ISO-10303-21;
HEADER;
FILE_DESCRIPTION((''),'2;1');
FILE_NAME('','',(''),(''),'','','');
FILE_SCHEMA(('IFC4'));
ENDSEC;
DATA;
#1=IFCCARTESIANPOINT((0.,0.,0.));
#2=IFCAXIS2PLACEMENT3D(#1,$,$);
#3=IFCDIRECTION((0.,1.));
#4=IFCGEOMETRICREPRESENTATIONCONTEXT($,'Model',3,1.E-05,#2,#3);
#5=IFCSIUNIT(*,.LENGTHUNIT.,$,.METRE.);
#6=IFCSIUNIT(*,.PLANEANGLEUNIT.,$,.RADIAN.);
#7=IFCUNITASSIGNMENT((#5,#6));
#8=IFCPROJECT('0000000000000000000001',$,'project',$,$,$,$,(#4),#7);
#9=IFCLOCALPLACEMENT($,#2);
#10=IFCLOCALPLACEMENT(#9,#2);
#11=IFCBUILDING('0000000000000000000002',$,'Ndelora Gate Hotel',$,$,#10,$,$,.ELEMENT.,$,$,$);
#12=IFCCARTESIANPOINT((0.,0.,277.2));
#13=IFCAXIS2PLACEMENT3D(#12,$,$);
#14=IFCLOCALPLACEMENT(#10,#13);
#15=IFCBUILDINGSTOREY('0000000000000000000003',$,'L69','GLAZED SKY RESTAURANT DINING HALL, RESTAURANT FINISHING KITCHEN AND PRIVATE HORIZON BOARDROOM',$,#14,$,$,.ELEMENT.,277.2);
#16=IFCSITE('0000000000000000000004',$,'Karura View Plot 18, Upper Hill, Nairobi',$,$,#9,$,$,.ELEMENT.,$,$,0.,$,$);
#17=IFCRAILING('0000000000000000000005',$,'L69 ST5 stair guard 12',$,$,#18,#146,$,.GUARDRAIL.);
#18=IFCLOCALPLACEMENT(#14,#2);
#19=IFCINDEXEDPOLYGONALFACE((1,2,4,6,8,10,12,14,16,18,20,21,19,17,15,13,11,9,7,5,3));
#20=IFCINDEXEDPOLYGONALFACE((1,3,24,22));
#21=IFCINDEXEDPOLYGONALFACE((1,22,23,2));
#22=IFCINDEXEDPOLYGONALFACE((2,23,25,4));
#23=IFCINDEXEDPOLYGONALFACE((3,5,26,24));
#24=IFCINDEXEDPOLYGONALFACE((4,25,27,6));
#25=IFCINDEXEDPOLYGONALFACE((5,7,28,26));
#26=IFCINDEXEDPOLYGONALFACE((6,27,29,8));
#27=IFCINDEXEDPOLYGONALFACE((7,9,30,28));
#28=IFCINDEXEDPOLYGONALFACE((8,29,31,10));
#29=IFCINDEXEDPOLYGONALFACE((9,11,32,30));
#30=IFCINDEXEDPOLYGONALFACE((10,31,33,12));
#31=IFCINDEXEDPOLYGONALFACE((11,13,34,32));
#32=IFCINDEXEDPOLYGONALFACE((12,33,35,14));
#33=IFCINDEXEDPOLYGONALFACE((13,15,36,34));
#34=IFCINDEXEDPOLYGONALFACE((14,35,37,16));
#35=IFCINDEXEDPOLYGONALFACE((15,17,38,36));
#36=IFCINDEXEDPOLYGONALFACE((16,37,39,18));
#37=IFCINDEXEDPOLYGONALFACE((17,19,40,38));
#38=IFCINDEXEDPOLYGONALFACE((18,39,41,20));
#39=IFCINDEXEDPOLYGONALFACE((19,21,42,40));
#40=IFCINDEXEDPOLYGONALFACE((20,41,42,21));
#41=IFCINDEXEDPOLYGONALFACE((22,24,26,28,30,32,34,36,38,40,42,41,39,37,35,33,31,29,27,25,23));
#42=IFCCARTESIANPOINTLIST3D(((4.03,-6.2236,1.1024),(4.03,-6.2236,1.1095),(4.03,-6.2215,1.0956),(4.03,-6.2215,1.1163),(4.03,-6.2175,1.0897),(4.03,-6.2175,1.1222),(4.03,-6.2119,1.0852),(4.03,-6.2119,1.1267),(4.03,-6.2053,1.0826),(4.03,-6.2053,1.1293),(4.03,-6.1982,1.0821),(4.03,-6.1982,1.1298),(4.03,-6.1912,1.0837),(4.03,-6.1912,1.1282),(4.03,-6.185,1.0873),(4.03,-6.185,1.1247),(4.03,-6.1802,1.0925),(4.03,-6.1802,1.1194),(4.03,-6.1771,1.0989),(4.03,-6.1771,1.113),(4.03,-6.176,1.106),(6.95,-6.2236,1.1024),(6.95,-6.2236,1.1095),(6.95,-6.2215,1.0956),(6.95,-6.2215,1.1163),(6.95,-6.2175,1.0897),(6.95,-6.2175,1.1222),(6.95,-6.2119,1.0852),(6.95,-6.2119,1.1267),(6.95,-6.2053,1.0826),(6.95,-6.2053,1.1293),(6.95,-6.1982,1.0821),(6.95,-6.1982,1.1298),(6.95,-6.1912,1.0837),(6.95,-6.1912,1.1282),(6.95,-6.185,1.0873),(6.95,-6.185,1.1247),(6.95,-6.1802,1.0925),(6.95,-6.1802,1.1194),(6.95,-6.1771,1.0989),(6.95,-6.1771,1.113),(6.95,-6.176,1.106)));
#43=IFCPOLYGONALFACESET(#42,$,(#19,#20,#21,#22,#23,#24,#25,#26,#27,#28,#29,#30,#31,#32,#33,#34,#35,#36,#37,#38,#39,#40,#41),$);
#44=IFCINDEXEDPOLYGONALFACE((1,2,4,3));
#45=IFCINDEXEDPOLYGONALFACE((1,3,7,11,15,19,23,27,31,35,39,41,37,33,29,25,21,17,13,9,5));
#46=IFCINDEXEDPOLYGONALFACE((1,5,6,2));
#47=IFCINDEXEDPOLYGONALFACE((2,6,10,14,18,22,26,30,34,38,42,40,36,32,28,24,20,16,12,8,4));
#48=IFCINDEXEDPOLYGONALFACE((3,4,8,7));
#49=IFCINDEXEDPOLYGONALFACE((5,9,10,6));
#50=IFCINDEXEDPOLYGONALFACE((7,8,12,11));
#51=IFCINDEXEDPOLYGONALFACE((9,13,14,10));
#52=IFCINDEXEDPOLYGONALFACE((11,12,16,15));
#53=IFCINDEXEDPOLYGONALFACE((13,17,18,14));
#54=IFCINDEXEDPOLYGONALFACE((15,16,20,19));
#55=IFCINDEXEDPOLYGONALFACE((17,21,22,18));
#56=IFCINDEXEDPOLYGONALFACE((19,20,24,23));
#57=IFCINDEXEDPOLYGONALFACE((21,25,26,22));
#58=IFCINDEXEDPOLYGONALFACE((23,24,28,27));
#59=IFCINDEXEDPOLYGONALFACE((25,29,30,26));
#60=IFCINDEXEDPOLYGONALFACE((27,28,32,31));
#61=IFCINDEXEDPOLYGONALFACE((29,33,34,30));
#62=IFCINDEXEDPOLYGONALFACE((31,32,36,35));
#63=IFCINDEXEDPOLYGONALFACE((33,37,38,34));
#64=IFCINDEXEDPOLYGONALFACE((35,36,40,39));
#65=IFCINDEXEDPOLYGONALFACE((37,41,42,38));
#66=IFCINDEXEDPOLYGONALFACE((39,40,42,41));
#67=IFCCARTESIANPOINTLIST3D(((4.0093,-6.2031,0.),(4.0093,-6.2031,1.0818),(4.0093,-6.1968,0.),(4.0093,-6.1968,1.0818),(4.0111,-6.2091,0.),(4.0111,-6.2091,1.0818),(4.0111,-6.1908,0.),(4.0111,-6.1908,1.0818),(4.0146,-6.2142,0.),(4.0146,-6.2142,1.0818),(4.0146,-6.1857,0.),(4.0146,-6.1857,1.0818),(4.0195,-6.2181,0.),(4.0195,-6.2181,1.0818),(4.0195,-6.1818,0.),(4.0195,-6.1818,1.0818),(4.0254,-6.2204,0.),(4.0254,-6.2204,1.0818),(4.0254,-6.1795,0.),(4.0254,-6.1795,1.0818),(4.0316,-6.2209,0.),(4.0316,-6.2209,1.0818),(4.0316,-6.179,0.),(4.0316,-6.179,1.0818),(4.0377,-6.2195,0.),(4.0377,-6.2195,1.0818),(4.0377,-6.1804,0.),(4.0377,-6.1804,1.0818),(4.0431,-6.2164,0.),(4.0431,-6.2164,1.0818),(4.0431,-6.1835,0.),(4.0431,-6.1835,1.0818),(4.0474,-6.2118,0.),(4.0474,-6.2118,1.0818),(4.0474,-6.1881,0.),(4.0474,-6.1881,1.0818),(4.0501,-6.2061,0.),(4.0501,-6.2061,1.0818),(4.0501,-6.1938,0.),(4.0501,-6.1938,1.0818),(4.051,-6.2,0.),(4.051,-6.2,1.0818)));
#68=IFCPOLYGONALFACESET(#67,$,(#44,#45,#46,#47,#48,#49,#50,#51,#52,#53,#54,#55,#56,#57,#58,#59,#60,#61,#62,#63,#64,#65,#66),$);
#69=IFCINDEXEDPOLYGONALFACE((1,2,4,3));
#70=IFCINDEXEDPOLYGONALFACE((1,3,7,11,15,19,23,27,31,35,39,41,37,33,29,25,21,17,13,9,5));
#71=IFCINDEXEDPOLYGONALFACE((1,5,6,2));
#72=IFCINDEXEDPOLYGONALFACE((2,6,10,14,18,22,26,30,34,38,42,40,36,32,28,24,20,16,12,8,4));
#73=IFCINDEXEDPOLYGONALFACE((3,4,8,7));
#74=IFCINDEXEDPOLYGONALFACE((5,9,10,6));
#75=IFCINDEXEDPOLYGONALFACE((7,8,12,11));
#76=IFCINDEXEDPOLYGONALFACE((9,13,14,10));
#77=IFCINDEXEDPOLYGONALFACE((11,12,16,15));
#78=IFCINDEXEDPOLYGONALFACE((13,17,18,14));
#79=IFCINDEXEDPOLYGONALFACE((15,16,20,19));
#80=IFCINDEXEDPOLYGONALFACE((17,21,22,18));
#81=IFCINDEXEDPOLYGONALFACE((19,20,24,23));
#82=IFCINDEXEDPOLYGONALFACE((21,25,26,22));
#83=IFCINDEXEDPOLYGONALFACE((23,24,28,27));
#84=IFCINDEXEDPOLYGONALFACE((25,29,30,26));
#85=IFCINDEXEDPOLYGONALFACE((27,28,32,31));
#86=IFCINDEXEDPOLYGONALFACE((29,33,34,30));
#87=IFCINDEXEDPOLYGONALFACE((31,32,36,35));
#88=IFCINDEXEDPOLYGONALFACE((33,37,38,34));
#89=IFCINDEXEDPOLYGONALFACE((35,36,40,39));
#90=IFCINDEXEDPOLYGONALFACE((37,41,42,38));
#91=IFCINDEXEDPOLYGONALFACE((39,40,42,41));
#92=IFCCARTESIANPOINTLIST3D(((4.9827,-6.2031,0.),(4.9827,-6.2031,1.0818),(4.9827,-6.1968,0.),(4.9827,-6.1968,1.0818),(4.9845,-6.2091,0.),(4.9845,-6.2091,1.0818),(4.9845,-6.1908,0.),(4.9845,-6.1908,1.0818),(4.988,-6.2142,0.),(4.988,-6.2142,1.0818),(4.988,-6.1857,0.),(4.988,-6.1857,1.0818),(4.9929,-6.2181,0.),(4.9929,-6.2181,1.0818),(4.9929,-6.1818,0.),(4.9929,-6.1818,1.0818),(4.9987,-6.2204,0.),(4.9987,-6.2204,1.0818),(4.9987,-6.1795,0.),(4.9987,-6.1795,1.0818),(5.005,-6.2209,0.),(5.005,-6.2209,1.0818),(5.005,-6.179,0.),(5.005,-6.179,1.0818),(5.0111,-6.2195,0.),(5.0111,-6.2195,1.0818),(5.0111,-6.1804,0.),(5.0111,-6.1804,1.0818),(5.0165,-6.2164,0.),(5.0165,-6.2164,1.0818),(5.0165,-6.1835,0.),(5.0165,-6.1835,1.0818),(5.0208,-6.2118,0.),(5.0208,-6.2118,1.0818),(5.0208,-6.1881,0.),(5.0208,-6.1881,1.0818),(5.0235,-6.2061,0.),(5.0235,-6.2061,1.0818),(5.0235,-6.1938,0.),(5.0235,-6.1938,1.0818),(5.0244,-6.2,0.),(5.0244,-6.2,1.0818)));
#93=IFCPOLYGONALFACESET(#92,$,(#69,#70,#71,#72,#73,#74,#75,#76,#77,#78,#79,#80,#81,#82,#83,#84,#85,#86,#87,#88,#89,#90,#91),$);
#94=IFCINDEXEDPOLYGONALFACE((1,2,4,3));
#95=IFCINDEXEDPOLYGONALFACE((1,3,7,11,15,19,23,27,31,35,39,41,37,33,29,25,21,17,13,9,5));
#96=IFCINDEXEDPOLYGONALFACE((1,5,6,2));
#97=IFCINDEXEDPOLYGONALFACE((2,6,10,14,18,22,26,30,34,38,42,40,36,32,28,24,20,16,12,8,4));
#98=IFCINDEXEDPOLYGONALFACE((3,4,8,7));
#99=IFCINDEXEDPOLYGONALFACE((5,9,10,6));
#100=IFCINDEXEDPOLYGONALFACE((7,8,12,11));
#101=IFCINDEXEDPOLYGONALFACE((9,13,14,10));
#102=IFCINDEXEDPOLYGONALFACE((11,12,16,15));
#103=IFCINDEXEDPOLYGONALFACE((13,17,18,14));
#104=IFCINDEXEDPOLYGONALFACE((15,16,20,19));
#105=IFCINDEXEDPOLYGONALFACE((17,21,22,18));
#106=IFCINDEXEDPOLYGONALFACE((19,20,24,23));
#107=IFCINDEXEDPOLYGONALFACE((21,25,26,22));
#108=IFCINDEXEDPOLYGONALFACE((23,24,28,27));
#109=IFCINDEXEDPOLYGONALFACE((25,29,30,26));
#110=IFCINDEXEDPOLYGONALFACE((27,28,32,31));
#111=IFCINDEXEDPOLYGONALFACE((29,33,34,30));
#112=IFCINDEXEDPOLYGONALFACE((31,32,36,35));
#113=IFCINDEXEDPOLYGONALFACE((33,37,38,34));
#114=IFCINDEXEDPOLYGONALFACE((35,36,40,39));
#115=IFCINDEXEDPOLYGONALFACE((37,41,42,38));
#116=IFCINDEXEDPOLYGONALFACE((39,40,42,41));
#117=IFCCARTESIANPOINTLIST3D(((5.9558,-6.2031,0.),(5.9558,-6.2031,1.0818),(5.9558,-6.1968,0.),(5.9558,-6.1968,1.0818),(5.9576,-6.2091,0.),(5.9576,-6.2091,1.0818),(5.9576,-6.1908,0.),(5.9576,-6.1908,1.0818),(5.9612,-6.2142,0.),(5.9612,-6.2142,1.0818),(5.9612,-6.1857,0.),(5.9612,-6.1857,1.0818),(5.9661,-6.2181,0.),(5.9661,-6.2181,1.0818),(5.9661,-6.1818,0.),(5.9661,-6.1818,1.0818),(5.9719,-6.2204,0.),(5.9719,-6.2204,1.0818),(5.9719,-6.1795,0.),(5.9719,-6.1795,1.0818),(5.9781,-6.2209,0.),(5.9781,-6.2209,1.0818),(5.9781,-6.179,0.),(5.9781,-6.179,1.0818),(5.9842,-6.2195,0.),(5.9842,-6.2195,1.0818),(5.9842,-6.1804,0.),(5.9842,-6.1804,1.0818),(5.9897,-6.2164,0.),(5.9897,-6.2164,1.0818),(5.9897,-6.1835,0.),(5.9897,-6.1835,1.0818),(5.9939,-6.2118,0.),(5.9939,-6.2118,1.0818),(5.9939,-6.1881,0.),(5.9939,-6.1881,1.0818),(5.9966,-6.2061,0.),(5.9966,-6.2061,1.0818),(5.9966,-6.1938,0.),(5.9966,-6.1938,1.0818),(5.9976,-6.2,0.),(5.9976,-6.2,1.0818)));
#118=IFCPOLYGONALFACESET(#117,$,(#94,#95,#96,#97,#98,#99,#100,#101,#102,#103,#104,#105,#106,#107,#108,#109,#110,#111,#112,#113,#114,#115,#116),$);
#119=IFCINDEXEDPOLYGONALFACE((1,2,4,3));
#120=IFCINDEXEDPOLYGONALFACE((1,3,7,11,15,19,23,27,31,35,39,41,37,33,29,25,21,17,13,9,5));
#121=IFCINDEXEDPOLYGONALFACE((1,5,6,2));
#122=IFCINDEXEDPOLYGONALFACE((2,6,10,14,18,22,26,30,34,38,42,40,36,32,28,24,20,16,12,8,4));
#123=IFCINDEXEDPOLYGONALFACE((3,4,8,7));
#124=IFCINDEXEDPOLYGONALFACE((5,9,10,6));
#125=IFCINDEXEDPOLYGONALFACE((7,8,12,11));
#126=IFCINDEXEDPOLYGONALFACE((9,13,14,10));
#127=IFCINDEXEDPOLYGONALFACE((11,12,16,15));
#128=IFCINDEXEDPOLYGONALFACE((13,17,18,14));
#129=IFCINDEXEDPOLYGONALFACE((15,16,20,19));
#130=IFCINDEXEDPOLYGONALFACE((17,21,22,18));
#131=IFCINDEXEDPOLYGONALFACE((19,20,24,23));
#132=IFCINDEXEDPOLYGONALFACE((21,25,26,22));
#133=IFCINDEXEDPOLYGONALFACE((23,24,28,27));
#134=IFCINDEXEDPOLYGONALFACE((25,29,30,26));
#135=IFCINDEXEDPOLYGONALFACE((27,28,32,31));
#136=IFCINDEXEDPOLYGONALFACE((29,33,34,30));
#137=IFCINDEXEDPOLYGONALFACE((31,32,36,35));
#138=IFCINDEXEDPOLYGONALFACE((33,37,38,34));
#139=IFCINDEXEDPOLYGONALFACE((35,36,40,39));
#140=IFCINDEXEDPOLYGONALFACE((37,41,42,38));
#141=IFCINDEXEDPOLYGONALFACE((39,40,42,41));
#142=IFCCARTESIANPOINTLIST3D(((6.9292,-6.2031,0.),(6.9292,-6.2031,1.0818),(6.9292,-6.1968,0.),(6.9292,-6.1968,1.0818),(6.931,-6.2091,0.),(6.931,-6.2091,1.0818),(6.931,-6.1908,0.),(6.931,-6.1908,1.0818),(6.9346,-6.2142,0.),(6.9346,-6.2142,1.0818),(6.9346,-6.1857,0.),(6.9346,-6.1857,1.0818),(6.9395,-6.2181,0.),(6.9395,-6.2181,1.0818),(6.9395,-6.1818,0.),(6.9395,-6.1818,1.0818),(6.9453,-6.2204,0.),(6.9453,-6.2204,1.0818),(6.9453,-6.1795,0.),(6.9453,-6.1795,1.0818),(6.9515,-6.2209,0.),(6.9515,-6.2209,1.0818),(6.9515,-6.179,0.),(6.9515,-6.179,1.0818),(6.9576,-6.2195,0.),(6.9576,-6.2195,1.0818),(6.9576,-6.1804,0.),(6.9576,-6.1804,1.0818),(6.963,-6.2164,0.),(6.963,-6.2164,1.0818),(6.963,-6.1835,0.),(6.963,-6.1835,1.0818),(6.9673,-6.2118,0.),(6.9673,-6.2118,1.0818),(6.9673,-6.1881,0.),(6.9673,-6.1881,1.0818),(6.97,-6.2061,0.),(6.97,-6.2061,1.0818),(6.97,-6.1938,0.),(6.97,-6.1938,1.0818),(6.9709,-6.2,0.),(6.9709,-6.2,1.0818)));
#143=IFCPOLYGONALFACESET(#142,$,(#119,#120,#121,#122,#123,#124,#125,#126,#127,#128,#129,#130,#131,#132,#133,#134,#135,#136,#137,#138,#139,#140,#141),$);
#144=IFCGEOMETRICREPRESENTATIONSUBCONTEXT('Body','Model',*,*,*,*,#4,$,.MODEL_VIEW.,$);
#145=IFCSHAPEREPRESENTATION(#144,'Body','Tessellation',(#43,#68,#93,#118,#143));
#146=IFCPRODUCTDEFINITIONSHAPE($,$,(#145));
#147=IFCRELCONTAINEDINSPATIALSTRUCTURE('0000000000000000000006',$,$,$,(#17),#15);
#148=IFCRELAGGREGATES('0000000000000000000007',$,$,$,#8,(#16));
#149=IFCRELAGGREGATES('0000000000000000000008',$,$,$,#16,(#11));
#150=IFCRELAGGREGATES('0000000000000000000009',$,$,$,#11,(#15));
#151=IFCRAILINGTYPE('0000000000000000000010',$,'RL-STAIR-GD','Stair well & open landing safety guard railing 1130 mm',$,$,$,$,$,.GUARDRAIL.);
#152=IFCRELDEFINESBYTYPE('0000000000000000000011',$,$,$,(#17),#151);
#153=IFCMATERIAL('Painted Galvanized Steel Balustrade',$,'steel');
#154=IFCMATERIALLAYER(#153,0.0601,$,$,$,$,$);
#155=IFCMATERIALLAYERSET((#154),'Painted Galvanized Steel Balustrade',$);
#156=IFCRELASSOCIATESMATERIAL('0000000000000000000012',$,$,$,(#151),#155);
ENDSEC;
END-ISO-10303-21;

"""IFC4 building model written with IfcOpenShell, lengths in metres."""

from ifc_helpers import new_model, si_unit, direction, frame, origin, origin_2d, place, context, subcontext, project, spatial, circle, extrude, material, layer, layer_set, type_object, element, save


model = new_model("IFC4")

# Units and contexts
model_context = context("Model", 3, precision=1e-05, world=origin(), true_north=direction((0.0, 1.0)))
body_context = subcontext(model_context, "Body", "Model", "MODEL_VIEW")
ifc_project = project(units=[si_unit("LENGTHUNIT", "METRE"), si_unit("PLANEANGLEUNIT", "RADIAN")], contexts=[model_context])

# Site, building, storey
site_placement = place(None, origin())
site = spatial("IfcSite", under=ifc_project, at=site_placement, Name="Karura View Plot 18, Upper Hill, Nairobi", CompositionType="ELEMENT", RefElevation=0.0)
building_placement = place(site_placement, origin())
building = spatial("IfcBuilding", under=site, at=building_placement, Name="Ndelora Gate Hotel", CompositionType="ELEMENT")
storey_placement = place(building_placement, frame((0.0, 0.0, 277.2)))
storey = spatial("IfcBuildingStorey", under=building, at=storey_placement, Name="L69", Description="GLAZED SKY RESTAURANT DINING HALL, RESTAURANT FINISHING KITCHEN AND PRIVATE HORIZON BOARDROOM", CompositionType="ELEMENT", Elevation=277.2)

# Railing
ifc_material_1 = material(Name="Painted Galvanized Steel Balustrade", Category="steel")
ifc_layer_1 = layer(ifc_material_1, 0.0601)
ifc_layer_set_1 = layer_set([ifc_layer_1], Name="Painted Galvanized Steel Balustrade")
railing_type_1 = type_object("IfcRailingType", Name="RL-STAIR-GD", Description="Stair well & open landing safety guard railing 1130 mm", PredefinedType="GUARDRAIL", material=ifc_layer_set_1)
railing_1_placement = place(storey_placement, frame((4.03, -6.2, 0.0)))
element("IfcRailing", 1, at=railing_1_placement, inside=storey, type_object=railing_type_1, Name="L69 ST5 stair guard 12", PredefinedType="GUARDRAIL", context=body_context, shape_type="SweptSolid", body=[
    extrude(circle(Radius=0.0239, at=origin_2d()), frame((0.0, 0.0, 1.106), z_axis=(1.0, 0.0, 0.0), x_axis=(0.0, 1.0, 0.0)), (0.0, 0.0, 1.0), 2.9199),
    extrude(circle(Radius=0.021, at=origin_2d()), origin(), (0.0, 0.0, 1.0), 1.0818),
    extrude(circle(Radius=0.021, at=origin_2d()), frame((0.9734, 0.0, 0.0)), (0.0, 0.0, 1.0), 1.0818),
    extrude(circle(Radius=0.021, at=origin_2d()), frame((1.9465, 0.0, 0.0)), (0.0, 0.0, 1.0), 1.0818),
    extrude(circle(Radius=0.021, at=origin_2d()), frame((2.9199, 0.0, 0.0)), (0.0, 0.0, 1.0), 1.0818),
])

save(model, "model.ifc")
